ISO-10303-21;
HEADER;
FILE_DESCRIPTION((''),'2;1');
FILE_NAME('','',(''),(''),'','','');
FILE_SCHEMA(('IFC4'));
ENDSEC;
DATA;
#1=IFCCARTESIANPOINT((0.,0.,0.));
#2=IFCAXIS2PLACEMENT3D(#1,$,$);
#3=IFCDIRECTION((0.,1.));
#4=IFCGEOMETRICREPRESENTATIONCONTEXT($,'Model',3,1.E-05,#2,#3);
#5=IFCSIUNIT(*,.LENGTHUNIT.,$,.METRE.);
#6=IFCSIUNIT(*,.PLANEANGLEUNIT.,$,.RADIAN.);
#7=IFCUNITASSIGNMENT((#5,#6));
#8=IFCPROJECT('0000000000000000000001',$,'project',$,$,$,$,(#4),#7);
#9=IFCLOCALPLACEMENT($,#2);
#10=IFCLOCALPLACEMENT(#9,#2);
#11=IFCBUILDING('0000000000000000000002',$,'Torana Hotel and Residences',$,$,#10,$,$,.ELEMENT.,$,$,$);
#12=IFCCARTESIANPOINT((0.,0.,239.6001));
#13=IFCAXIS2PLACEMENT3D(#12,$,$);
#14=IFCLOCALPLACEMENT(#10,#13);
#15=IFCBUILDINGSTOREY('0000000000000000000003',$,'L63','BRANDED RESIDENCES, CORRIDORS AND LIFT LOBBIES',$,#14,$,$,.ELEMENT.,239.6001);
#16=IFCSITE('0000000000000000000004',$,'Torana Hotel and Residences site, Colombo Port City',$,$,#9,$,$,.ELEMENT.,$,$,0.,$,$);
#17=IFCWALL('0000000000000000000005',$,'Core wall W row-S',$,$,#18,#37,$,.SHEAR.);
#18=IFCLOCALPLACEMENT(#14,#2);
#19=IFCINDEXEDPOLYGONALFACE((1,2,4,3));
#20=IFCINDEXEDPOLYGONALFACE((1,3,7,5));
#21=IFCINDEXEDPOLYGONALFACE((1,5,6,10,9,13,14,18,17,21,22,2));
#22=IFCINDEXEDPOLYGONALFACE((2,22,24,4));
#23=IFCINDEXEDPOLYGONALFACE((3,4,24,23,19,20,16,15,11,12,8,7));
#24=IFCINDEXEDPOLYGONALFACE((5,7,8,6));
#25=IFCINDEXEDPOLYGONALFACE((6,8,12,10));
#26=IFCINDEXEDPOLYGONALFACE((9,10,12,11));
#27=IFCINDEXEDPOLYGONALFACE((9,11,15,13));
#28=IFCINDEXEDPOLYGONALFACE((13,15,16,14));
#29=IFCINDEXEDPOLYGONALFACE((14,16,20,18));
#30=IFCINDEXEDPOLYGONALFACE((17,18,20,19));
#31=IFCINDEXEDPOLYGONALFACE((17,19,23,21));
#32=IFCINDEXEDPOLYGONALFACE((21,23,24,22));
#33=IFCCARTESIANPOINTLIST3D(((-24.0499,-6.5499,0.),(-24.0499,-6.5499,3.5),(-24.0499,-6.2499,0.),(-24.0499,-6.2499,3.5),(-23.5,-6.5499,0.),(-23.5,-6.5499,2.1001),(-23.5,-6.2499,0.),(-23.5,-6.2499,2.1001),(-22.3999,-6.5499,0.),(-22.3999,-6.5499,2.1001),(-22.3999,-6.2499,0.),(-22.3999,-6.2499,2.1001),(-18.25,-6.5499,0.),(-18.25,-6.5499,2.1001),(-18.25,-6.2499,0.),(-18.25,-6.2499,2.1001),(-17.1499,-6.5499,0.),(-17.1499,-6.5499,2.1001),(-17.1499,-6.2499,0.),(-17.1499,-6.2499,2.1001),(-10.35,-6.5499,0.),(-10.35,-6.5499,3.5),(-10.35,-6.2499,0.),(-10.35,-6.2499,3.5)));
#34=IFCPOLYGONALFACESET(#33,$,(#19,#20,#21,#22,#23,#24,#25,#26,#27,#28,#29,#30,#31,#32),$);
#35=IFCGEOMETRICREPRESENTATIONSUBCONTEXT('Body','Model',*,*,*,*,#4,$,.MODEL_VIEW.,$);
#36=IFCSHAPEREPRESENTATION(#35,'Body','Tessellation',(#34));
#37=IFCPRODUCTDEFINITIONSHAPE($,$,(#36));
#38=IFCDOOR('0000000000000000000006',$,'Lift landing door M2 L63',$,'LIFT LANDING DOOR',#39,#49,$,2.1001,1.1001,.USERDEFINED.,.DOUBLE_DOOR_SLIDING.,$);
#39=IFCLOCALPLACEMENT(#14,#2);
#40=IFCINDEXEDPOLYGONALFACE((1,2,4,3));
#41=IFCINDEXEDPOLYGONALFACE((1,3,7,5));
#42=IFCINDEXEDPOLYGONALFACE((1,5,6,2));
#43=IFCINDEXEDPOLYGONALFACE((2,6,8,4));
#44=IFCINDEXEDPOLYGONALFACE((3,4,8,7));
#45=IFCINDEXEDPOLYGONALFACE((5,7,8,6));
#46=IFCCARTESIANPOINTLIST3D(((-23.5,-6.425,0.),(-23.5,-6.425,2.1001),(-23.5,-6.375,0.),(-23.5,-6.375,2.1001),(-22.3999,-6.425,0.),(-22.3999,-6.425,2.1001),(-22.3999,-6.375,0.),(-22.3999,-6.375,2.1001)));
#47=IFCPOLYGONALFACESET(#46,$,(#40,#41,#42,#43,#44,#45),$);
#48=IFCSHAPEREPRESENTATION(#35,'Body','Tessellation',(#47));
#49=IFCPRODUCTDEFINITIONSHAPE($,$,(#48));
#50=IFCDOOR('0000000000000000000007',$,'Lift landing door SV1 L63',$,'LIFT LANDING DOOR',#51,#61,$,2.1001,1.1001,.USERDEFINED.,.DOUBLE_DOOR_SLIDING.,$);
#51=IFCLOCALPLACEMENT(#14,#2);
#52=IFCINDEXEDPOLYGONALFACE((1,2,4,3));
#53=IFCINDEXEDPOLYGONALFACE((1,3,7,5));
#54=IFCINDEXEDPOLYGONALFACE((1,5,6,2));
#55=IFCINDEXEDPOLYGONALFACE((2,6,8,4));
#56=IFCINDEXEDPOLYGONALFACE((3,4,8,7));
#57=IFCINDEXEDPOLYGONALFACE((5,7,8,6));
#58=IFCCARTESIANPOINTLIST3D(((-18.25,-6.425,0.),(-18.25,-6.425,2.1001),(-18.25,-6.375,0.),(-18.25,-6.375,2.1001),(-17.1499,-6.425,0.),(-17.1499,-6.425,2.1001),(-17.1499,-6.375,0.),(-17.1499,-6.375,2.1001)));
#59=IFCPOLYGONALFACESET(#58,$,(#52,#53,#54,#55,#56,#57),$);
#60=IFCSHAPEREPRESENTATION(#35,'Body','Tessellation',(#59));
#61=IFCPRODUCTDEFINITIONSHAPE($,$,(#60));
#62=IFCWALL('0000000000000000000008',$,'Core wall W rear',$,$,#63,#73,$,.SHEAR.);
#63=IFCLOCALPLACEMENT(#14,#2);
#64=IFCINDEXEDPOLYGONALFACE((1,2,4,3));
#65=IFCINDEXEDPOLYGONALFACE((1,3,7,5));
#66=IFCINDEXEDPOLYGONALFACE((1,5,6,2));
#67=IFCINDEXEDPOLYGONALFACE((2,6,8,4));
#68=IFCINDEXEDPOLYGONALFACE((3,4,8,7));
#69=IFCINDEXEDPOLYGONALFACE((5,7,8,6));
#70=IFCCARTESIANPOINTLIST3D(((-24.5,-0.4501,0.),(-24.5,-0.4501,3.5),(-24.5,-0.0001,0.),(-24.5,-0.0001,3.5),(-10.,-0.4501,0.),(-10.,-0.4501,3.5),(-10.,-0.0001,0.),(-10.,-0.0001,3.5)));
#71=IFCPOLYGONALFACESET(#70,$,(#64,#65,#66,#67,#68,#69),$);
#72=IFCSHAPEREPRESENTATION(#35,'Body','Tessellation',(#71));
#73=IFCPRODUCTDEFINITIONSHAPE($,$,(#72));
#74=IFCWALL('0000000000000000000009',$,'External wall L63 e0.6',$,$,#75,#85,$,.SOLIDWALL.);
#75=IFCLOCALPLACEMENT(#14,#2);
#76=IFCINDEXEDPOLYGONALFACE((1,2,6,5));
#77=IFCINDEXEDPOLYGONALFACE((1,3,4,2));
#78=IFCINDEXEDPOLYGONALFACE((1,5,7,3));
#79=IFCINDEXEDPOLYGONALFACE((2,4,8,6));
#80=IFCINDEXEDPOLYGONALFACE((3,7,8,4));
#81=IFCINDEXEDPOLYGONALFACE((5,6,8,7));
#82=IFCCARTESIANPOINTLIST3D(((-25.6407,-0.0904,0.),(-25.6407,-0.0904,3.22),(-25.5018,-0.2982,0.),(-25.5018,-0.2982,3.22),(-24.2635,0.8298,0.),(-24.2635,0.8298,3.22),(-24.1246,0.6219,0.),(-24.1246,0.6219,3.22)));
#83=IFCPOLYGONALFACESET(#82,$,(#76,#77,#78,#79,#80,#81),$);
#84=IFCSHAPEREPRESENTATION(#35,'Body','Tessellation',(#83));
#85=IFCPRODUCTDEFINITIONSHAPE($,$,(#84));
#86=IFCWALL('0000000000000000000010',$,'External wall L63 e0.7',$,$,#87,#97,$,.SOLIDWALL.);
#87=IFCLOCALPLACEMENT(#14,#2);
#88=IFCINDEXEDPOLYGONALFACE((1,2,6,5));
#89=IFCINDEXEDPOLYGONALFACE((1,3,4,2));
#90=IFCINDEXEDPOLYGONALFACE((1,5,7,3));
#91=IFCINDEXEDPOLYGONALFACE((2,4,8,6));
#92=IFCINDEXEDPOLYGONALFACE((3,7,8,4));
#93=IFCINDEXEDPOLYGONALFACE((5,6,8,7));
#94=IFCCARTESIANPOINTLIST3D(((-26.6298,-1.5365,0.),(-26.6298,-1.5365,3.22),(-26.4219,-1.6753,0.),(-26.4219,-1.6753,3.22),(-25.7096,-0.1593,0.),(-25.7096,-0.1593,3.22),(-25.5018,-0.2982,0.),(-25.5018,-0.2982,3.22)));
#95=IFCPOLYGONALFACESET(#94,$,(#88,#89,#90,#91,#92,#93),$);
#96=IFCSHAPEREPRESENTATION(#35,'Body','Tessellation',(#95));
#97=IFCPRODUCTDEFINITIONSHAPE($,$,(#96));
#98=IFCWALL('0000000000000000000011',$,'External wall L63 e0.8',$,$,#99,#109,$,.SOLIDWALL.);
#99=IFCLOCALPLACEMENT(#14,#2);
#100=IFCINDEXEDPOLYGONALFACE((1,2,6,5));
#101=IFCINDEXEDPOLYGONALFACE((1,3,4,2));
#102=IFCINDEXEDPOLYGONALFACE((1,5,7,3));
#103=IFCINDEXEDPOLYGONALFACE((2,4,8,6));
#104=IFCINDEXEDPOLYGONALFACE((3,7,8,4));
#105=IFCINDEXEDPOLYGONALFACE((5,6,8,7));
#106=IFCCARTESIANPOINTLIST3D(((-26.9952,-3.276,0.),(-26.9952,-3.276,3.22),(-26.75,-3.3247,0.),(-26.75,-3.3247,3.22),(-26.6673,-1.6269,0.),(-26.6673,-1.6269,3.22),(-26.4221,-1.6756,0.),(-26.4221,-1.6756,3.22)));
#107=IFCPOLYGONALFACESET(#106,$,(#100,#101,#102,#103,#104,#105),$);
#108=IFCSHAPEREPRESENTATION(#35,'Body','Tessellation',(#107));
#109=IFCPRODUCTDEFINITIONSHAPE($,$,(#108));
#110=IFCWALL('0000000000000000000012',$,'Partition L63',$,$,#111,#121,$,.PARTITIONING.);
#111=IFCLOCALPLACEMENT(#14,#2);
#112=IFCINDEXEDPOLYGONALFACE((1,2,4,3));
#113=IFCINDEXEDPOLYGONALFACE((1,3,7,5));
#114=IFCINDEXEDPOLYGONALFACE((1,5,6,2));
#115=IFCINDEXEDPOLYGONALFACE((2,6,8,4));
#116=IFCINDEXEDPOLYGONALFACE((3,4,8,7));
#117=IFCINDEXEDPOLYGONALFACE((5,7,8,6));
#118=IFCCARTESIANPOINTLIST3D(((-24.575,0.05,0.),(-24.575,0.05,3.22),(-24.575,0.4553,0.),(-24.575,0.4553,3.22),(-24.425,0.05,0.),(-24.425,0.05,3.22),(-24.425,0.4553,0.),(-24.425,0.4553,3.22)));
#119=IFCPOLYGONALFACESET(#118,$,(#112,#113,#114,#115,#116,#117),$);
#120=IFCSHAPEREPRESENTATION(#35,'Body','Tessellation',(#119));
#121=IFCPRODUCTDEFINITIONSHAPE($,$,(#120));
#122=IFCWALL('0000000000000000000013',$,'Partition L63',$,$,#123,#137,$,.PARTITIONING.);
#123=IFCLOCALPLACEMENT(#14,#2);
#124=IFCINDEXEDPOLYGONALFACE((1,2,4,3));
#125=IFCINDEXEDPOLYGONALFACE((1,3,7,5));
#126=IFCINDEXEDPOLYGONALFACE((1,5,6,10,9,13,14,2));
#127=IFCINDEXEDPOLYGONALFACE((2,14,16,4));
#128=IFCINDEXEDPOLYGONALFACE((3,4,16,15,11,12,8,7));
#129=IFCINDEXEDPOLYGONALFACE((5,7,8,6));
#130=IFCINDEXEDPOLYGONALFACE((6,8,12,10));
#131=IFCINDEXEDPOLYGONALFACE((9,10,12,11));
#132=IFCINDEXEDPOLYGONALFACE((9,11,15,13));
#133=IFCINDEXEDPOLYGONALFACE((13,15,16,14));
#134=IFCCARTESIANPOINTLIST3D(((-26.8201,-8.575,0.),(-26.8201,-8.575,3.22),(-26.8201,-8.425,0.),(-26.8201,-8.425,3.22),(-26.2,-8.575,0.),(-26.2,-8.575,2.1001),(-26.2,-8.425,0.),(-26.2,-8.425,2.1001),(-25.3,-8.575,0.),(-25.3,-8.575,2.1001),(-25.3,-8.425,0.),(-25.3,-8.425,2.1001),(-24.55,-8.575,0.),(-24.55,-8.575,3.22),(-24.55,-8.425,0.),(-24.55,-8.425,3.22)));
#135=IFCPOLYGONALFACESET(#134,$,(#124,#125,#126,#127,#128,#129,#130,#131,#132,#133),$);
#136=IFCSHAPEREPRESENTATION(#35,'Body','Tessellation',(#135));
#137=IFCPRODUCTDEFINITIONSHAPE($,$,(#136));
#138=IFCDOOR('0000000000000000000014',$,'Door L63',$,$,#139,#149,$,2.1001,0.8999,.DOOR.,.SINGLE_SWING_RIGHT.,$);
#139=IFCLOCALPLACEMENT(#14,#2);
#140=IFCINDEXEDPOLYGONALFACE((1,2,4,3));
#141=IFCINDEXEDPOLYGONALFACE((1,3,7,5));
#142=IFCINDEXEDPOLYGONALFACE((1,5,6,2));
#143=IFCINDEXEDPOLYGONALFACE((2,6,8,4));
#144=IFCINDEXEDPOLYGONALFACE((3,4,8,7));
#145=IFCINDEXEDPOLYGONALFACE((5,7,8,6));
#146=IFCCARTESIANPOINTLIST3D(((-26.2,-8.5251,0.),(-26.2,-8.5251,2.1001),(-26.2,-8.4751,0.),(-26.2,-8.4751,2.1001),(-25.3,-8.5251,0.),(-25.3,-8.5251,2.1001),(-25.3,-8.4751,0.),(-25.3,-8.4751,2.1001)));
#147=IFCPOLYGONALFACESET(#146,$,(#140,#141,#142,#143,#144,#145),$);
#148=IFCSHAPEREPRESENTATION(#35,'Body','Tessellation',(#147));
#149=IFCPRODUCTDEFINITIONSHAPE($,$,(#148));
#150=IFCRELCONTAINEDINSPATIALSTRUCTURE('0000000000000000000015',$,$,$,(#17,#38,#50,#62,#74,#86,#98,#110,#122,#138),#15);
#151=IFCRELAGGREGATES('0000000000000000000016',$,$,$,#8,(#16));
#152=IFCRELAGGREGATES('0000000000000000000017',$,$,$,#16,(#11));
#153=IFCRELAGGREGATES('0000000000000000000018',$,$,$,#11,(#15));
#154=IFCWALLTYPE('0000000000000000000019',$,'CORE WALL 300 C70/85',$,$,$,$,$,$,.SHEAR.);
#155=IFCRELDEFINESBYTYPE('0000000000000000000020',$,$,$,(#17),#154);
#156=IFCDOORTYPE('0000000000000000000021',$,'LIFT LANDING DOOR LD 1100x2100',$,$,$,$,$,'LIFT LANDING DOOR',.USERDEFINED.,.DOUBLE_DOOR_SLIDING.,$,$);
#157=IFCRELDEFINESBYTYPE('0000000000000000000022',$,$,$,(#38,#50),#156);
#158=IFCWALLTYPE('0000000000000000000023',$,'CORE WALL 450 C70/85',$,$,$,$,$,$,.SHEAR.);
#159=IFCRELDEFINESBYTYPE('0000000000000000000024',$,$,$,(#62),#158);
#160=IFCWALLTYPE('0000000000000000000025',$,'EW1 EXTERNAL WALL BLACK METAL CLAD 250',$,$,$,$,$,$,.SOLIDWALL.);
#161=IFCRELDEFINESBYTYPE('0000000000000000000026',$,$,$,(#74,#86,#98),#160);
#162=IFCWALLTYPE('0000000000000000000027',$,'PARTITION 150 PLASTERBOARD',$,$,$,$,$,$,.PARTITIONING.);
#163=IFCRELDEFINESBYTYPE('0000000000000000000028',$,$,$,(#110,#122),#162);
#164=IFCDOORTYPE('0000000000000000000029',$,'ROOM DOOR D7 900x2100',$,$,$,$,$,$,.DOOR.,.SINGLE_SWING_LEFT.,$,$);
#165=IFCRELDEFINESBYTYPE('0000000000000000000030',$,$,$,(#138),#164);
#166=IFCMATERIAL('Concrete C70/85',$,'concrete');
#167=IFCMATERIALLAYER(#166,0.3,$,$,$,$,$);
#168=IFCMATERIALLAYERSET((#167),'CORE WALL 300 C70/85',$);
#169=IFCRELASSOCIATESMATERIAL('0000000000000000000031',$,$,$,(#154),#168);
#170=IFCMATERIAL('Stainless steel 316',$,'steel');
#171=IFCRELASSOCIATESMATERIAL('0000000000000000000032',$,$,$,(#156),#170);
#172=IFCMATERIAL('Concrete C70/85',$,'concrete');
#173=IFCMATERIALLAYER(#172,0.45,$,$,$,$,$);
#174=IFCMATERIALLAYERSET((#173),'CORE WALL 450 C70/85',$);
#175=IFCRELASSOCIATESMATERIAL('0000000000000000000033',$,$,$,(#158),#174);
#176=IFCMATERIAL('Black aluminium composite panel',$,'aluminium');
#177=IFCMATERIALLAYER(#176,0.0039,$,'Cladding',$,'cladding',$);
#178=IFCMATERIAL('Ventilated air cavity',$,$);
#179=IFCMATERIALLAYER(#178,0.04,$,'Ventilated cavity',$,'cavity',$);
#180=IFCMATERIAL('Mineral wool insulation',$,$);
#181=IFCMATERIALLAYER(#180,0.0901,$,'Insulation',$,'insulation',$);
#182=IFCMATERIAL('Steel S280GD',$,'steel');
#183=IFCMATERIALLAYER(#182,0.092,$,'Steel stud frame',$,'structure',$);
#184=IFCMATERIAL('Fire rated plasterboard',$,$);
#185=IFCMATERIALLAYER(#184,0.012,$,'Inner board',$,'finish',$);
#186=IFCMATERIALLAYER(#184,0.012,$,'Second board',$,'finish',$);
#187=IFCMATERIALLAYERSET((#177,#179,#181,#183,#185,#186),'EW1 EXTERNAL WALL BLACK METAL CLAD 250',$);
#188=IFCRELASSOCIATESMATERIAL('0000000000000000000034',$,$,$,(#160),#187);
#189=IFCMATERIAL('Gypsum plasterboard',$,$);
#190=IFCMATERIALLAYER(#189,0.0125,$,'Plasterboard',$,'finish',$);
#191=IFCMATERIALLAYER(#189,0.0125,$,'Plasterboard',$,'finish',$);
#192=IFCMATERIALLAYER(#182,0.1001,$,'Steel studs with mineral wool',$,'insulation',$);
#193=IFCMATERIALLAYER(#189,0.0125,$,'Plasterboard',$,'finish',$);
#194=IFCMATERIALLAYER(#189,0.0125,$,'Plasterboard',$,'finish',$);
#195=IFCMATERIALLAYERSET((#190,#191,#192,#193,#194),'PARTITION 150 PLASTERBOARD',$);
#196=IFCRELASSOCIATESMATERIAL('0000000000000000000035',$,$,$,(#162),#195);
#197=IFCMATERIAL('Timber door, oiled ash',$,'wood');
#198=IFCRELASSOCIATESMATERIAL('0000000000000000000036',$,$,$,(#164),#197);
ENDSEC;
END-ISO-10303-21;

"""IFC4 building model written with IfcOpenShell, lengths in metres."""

from ifc_helpers import new_model, si_unit, direction, frame, frame_2d, origin, place, context, subcontext, project, spatial, rectangle, extrude, material, layer, layer_set, type_object, element, fill, save


model = new_model("IFC4")

# Units and contexts
model_context = context("Model", 3, precision=1e-05, world=origin(), true_north=direction((0.0, 1.0)))
body_context = subcontext(model_context, "Body", "Model", "MODEL_VIEW")
ifc_project = project(units=[si_unit("LENGTHUNIT", "METRE"), si_unit("PLANEANGLEUNIT", "RADIAN")], contexts=[model_context])

# Site, building, storey
site_placement = place(None, origin())
site = spatial("IfcSite", under=ifc_project, at=site_placement, Name="Torana Hotel and Residences site, Colombo Port City", CompositionType="ELEMENT", RefElevation=0.0)
building_placement = place(site_placement, origin())
building = spatial("IfcBuilding", under=site, at=building_placement, Name="Torana Hotel and Residences", CompositionType="ELEMENT")
storey_placement = place(building_placement, frame((0.0, 0.0, 239.6001)))
storey = spatial("IfcBuildingStorey", under=building, at=storey_placement, Name="L63", Description="BRANDED RESIDENCES, CORRIDORS AND LIFT LOBBIES", CompositionType="ELEMENT", Elevation=239.6001)

# Wall, openings, doors
ifc_material_1 = material(Name="Concrete C70/85", Category="concrete")
ifc_layer_1 = layer(ifc_material_1, 0.3)
ifc_layer_set_1 = layer_set([ifc_layer_1], Name="CORE WALL 300 C70/85")
wall_type_1 = type_object("IfcWallType", Name="CORE WALL 300 C70/85", PredefinedType="SHEAR", material=ifc_layer_set_1)
wall_1_placement = place(storey_placement, frame((-24.05, -6.3999, 0.0), z_axis=(0.0, 0.0, 1.0), x_axis=(1.0, 0.0, 0.0)))
wall_1 = element("IfcWall", 1, at=wall_1_placement, inside=storey, type_object=wall_type_1, Name="Core wall W row-S", PredefinedType="SHEAR", context=body_context, shape_type="SweptSolid", body=[
    extrude(rectangle(XDim=13.7, YDim=0.3, at=frame_2d((6.8501, 0.0))), origin(), (0.0, 0.0, 1.0), 3.5),
])
opening_1_placement = place(wall_1_placement, frame((0.55, 0.0, 0.0)))
opening_1 = element("IfcOpeningElement", 2, at=opening_1_placement, cuts=wall_1, PredefinedType="OPENING", context=body_context, shape_type="SweptSolid", body=[
    extrude(rectangle(XDim=1.1001, YDim=2.1001, at=frame_2d((0.55, 1.05))), frame((0.0, 0.1599, 0.0), z_axis=(0.0, -1.0, 0.0), x_axis=(1.0, 0.0, 0.0)), (0.0, 0.0, 1.0), 0.3201),
])
opening_2_placement = place(wall_1_placement, frame((5.8, 0.0, 0.0)))
opening_2 = element("IfcOpeningElement", 3, at=opening_2_placement, cuts=wall_1, PredefinedType="OPENING", context=body_context, shape_type="SweptSolid", body=[
    extrude(rectangle(XDim=1.1001, YDim=2.1001, at=frame_2d((0.55, 1.05))), frame((0.0, 0.1599, 0.0), z_axis=(0.0, -1.0, 0.0), x_axis=(1.0, 0.0, 0.0)), (0.0, 0.0, 1.0), 0.3201),
])
ifc_material_2 = material(Name="Stainless steel 316", Category="steel")
door_type_1 = type_object("IfcDoorType", Name="LIFT LANDING DOOR LD 1100x2100", ElementType="LIFT LANDING DOOR", OperationType="DOUBLE_DOOR_SLIDING", PredefinedType="USERDEFINED", material=ifc_material_2)
door_1_placement = place(opening_1_placement, origin())
door_1 = element("IfcDoor", 4, at=door_1_placement, inside=storey, type_object=door_type_1, Name="Lift landing door M2 L63", ObjectType="LIFT LANDING DOOR", OperationType="DOUBLE_DOOR_SLIDING", OverallHeight=2.1001, OverallWidth=1.1001, PredefinedType="USERDEFINED", context=body_context, shape_type="SweptSolid", body=[
    extrude(rectangle(XDim=1.1001, YDim=2.1001, at=frame_2d((0.55, 1.05))), frame((0.0, 0.0249, 0.0), z_axis=(0.0, -1.0, 0.0), x_axis=(1.0, 0.0, 0.0)), (0.0, 0.0, 1.0), 0.05),
])
fill(opening_1, door_1)
door_2_placement = place(opening_2_placement, origin())
door_2 = element("IfcDoor", 5, at=door_2_placement, inside=storey, type_object=door_type_1, Name="Lift landing door SV1 L63", ObjectType="LIFT LANDING DOOR", OperationType="DOUBLE_DOOR_SLIDING", OverallHeight=2.1001, OverallWidth=1.1001, PredefinedType="USERDEFINED", context=body_context, shape_type="SweptSolid", body=[
    extrude(rectangle(XDim=1.1001, YDim=2.1001, at=frame_2d((0.55, 1.05))), frame((0.0, 0.0249, 0.0), z_axis=(0.0, -1.0, 0.0), x_axis=(1.0, 0.0, 0.0)), (0.0, 0.0, 1.0), 0.05),
])
fill(opening_2, door_2)

# Walls
ifc_material_3 = material(Name="Concrete C70/85", Category="concrete")
ifc_layer_2 = layer(ifc_material_3, 0.45)
ifc_layer_set_2 = layer_set([ifc_layer_2], Name="CORE WALL 450 C70/85")
wall_type_2 = type_object("IfcWallType", Name="CORE WALL 450 C70/85", PredefinedType="SHEAR", material=ifc_layer_set_2)
wall_2_placement = place(storey_placement, frame((-24.5, -0.2251, 0.0), z_axis=(0.0, 0.0, 1.0), x_axis=(1.0, 0.0, 0.0)))
element("IfcWall", 6, at=wall_2_placement, inside=storey, type_object=wall_type_2, Name="Core wall W rear", PredefinedType="SHEAR", context=body_context, shape_type="SweptSolid", body=[
    extrude(rectangle(XDim=14.5, YDim=0.45, at=frame_2d((7.25, 0.0))), origin(), (0.0, 0.0, 1.0), 3.5),
])
ifc_material_4 = material(Name="Black aluminium composite panel", Category="aluminium")
ifc_layer_3 = layer(ifc_material_4, 0.0039, Name="Cladding", Category="cladding")
ifc_material_5 = material(Name="Ventilated air cavity")
ifc_layer_4 = layer(ifc_material_5, 0.04, Name="Ventilated cavity", Category="cavity")
ifc_material_6 = material(Name="Mineral wool insulation")
ifc_layer_5 = layer(ifc_material_6, 0.0901, Name="Insulation", Category="insulation")
ifc_material_7 = material(Name="Steel S280GD", Category="steel")
ifc_layer_6 = layer(ifc_material_7, 0.092, Name="Steel stud frame", Category="structure")
ifc_material_8 = material(Name="Fire rated plasterboard")
ifc_layer_7 = layer(ifc_material_8, 0.012, Name="Inner board", Category="finish")
ifc_layer_8 = layer(ifc_material_8, 0.012, Name="Second board", Category="finish")
ifc_layer_set_3 = layer_set([ifc_layer_3, ifc_layer_4, ifc_layer_5, ifc_layer_6, ifc_layer_7, ifc_layer_8], Name="EW1 EXTERNAL WALL BLACK METAL CLAD 250")
wall_type_3 = type_object("IfcWallType", Name="EW1 EXTERNAL WALL BLACK METAL CLAD 250", PredefinedType="SOLIDWALL", material=ifc_layer_set_3)
for number, where, z_axis, x_axis, name in (
    (7, (-24.1941, 0.7258, 0.0), (0.0, 0.0, 1.0), (-0.831483, -0.55555, 0.0), "External wall L63 e0.6"),
    (8, (-25.6057, -0.2288, 0.0), (0.0, 0.0, 1.0), (-0.55555, -0.831483, 0.0), "External wall L63 e0.7"),
):
    element("IfcWall", number, at=place(storey_placement, frame(where, z_axis=z_axis, x_axis=x_axis)), inside=storey, type_object=wall_type_3, Name=name, PredefinedType="SOLIDWALL", context=body_context, shape_type="SweptSolid", body=[
        extrude(rectangle(XDim=1.6562, YDim=0.25, at=frame_2d((0.8281, 0.0))), origin(), (0.0, 0.0, 1.0), 3.22),
    ])
wall_3_placement = place(storey_placement, frame((-26.5447, -1.6511, 0.0), z_axis=(0.0, 0.0, 1.0), x_axis=(-0.194999, -0.980803, 0.0)))
element("IfcWall", 9, at=wall_3_placement, inside=storey, type_object=wall_type_3, Name="External wall L63 e0.8", PredefinedType="SOLIDWALL", context=body_context, shape_type="SweptSolid", body=[
    extrude(rectangle(XDim=1.6814, YDim=0.25, at=frame_2d((0.8408, 0.0))), origin(), (0.0, 0.0, 1.0), 3.22),
])

# Wall
ifc_material_9 = material(Name="Gypsum plasterboard")
ifc_layer_9 = layer(ifc_material_9, 0.0125, Name="Plasterboard", Category="finish")
ifc_layer_10 = layer(ifc_material_9, 0.0125, Name="Plasterboard", Category="finish")
ifc_layer_11 = layer(ifc_material_7, 0.1001, Name="Steel studs with mineral wool", Category="insulation")
ifc_layer_12 = layer(ifc_material_9, 0.0125, Name="Plasterboard", Category="finish")
ifc_layer_13 = layer(ifc_material_9, 0.0125, Name="Plasterboard", Category="finish")
ifc_layer_set_4 = layer_set([ifc_layer_9, ifc_layer_10, ifc_layer_11, ifc_layer_12, ifc_layer_13], Name="PARTITION 150 PLASTERBOARD")
wall_type_4 = type_object("IfcWallType", Name="PARTITION 150 PLASTERBOARD", PredefinedType="PARTITIONING", material=ifc_layer_set_4)
wall_4_placement = place(storey_placement, frame((-24.5, 0.05, 0.0), z_axis=(0.0, 0.0, 1.0), x_axis=(0.0, 1.0, 0.0)))
element("IfcWall", 10, at=wall_4_placement, inside=storey, type_object=wall_type_4, Name="Partition L63", PredefinedType="PARTITIONING", context=body_context, shape_type="SweptSolid", body=[
    extrude(rectangle(XDim=0.4053, YDim=0.1499, at=frame_2d((0.2026, 0.0))), origin(), (0.0, 0.0, 1.0), 3.22),
])

# Wall, opening, door
wall_5_placement = place(storey_placement, frame((-26.8201, -8.5, 0.0), z_axis=(0.0, 0.0, 1.0), x_axis=(1.0, 0.0, 0.0)))
wall_5 = element("IfcWall", 11, at=wall_5_placement, inside=storey, type_object=wall_type_4, Name="Partition L63", PredefinedType="PARTITIONING", context=body_context, shape_type="SweptSolid", body=[
    extrude(rectangle(XDim=2.27, YDim=0.1499, at=frame_2d((1.135, 0.0))), origin(), (0.0, 0.0, 1.0), 3.22),
])
opening_3_placement = place(wall_5_placement, frame((0.6201, 0.0, 0.0)))
opening_3 = element("IfcOpeningElement", 12, at=opening_3_placement, cuts=wall_5, PredefinedType="OPENING", context=body_context, shape_type="SweptSolid", body=[
    extrude(rectangle(XDim=0.8999, YDim=2.1001, at=frame_2d((0.45, 1.05))), frame((0.0, 0.085, 0.0), z_axis=(0.0, -1.0, 0.0), x_axis=(1.0, 0.0, 0.0)), (0.0, 0.0, 1.0), 0.1699),
])
ifc_material_10 = material(Name="Timber door, oiled ash", Category="wood")
door_type_2 = type_object("IfcDoorType", Name="ROOM DOOR D7 900x2100", OperationType="SINGLE_SWING_LEFT", PredefinedType="DOOR", material=ifc_material_10)
door_3_placement = place(opening_3_placement, origin())
door_3 = element("IfcDoor", 13, at=door_3_placement, inside=storey, type_object=door_type_2, Name="Door L63", OperationType="SINGLE_SWING_RIGHT", OverallHeight=2.1001, OverallWidth=0.8999, PredefinedType="DOOR", context=body_context, shape_type="SweptSolid", body=[
    extrude(rectangle(XDim=0.8999, YDim=2.1001, at=frame_2d((0.45, 1.05))), frame((0.0, 0.0249, 0.0), z_axis=(0.0, -1.0, 0.0), x_axis=(1.0, 0.0, 0.0)), (0.0, 0.0, 1.0), 0.05),
])
fill(opening_3, door_3)

save(model, "model.ifc")
